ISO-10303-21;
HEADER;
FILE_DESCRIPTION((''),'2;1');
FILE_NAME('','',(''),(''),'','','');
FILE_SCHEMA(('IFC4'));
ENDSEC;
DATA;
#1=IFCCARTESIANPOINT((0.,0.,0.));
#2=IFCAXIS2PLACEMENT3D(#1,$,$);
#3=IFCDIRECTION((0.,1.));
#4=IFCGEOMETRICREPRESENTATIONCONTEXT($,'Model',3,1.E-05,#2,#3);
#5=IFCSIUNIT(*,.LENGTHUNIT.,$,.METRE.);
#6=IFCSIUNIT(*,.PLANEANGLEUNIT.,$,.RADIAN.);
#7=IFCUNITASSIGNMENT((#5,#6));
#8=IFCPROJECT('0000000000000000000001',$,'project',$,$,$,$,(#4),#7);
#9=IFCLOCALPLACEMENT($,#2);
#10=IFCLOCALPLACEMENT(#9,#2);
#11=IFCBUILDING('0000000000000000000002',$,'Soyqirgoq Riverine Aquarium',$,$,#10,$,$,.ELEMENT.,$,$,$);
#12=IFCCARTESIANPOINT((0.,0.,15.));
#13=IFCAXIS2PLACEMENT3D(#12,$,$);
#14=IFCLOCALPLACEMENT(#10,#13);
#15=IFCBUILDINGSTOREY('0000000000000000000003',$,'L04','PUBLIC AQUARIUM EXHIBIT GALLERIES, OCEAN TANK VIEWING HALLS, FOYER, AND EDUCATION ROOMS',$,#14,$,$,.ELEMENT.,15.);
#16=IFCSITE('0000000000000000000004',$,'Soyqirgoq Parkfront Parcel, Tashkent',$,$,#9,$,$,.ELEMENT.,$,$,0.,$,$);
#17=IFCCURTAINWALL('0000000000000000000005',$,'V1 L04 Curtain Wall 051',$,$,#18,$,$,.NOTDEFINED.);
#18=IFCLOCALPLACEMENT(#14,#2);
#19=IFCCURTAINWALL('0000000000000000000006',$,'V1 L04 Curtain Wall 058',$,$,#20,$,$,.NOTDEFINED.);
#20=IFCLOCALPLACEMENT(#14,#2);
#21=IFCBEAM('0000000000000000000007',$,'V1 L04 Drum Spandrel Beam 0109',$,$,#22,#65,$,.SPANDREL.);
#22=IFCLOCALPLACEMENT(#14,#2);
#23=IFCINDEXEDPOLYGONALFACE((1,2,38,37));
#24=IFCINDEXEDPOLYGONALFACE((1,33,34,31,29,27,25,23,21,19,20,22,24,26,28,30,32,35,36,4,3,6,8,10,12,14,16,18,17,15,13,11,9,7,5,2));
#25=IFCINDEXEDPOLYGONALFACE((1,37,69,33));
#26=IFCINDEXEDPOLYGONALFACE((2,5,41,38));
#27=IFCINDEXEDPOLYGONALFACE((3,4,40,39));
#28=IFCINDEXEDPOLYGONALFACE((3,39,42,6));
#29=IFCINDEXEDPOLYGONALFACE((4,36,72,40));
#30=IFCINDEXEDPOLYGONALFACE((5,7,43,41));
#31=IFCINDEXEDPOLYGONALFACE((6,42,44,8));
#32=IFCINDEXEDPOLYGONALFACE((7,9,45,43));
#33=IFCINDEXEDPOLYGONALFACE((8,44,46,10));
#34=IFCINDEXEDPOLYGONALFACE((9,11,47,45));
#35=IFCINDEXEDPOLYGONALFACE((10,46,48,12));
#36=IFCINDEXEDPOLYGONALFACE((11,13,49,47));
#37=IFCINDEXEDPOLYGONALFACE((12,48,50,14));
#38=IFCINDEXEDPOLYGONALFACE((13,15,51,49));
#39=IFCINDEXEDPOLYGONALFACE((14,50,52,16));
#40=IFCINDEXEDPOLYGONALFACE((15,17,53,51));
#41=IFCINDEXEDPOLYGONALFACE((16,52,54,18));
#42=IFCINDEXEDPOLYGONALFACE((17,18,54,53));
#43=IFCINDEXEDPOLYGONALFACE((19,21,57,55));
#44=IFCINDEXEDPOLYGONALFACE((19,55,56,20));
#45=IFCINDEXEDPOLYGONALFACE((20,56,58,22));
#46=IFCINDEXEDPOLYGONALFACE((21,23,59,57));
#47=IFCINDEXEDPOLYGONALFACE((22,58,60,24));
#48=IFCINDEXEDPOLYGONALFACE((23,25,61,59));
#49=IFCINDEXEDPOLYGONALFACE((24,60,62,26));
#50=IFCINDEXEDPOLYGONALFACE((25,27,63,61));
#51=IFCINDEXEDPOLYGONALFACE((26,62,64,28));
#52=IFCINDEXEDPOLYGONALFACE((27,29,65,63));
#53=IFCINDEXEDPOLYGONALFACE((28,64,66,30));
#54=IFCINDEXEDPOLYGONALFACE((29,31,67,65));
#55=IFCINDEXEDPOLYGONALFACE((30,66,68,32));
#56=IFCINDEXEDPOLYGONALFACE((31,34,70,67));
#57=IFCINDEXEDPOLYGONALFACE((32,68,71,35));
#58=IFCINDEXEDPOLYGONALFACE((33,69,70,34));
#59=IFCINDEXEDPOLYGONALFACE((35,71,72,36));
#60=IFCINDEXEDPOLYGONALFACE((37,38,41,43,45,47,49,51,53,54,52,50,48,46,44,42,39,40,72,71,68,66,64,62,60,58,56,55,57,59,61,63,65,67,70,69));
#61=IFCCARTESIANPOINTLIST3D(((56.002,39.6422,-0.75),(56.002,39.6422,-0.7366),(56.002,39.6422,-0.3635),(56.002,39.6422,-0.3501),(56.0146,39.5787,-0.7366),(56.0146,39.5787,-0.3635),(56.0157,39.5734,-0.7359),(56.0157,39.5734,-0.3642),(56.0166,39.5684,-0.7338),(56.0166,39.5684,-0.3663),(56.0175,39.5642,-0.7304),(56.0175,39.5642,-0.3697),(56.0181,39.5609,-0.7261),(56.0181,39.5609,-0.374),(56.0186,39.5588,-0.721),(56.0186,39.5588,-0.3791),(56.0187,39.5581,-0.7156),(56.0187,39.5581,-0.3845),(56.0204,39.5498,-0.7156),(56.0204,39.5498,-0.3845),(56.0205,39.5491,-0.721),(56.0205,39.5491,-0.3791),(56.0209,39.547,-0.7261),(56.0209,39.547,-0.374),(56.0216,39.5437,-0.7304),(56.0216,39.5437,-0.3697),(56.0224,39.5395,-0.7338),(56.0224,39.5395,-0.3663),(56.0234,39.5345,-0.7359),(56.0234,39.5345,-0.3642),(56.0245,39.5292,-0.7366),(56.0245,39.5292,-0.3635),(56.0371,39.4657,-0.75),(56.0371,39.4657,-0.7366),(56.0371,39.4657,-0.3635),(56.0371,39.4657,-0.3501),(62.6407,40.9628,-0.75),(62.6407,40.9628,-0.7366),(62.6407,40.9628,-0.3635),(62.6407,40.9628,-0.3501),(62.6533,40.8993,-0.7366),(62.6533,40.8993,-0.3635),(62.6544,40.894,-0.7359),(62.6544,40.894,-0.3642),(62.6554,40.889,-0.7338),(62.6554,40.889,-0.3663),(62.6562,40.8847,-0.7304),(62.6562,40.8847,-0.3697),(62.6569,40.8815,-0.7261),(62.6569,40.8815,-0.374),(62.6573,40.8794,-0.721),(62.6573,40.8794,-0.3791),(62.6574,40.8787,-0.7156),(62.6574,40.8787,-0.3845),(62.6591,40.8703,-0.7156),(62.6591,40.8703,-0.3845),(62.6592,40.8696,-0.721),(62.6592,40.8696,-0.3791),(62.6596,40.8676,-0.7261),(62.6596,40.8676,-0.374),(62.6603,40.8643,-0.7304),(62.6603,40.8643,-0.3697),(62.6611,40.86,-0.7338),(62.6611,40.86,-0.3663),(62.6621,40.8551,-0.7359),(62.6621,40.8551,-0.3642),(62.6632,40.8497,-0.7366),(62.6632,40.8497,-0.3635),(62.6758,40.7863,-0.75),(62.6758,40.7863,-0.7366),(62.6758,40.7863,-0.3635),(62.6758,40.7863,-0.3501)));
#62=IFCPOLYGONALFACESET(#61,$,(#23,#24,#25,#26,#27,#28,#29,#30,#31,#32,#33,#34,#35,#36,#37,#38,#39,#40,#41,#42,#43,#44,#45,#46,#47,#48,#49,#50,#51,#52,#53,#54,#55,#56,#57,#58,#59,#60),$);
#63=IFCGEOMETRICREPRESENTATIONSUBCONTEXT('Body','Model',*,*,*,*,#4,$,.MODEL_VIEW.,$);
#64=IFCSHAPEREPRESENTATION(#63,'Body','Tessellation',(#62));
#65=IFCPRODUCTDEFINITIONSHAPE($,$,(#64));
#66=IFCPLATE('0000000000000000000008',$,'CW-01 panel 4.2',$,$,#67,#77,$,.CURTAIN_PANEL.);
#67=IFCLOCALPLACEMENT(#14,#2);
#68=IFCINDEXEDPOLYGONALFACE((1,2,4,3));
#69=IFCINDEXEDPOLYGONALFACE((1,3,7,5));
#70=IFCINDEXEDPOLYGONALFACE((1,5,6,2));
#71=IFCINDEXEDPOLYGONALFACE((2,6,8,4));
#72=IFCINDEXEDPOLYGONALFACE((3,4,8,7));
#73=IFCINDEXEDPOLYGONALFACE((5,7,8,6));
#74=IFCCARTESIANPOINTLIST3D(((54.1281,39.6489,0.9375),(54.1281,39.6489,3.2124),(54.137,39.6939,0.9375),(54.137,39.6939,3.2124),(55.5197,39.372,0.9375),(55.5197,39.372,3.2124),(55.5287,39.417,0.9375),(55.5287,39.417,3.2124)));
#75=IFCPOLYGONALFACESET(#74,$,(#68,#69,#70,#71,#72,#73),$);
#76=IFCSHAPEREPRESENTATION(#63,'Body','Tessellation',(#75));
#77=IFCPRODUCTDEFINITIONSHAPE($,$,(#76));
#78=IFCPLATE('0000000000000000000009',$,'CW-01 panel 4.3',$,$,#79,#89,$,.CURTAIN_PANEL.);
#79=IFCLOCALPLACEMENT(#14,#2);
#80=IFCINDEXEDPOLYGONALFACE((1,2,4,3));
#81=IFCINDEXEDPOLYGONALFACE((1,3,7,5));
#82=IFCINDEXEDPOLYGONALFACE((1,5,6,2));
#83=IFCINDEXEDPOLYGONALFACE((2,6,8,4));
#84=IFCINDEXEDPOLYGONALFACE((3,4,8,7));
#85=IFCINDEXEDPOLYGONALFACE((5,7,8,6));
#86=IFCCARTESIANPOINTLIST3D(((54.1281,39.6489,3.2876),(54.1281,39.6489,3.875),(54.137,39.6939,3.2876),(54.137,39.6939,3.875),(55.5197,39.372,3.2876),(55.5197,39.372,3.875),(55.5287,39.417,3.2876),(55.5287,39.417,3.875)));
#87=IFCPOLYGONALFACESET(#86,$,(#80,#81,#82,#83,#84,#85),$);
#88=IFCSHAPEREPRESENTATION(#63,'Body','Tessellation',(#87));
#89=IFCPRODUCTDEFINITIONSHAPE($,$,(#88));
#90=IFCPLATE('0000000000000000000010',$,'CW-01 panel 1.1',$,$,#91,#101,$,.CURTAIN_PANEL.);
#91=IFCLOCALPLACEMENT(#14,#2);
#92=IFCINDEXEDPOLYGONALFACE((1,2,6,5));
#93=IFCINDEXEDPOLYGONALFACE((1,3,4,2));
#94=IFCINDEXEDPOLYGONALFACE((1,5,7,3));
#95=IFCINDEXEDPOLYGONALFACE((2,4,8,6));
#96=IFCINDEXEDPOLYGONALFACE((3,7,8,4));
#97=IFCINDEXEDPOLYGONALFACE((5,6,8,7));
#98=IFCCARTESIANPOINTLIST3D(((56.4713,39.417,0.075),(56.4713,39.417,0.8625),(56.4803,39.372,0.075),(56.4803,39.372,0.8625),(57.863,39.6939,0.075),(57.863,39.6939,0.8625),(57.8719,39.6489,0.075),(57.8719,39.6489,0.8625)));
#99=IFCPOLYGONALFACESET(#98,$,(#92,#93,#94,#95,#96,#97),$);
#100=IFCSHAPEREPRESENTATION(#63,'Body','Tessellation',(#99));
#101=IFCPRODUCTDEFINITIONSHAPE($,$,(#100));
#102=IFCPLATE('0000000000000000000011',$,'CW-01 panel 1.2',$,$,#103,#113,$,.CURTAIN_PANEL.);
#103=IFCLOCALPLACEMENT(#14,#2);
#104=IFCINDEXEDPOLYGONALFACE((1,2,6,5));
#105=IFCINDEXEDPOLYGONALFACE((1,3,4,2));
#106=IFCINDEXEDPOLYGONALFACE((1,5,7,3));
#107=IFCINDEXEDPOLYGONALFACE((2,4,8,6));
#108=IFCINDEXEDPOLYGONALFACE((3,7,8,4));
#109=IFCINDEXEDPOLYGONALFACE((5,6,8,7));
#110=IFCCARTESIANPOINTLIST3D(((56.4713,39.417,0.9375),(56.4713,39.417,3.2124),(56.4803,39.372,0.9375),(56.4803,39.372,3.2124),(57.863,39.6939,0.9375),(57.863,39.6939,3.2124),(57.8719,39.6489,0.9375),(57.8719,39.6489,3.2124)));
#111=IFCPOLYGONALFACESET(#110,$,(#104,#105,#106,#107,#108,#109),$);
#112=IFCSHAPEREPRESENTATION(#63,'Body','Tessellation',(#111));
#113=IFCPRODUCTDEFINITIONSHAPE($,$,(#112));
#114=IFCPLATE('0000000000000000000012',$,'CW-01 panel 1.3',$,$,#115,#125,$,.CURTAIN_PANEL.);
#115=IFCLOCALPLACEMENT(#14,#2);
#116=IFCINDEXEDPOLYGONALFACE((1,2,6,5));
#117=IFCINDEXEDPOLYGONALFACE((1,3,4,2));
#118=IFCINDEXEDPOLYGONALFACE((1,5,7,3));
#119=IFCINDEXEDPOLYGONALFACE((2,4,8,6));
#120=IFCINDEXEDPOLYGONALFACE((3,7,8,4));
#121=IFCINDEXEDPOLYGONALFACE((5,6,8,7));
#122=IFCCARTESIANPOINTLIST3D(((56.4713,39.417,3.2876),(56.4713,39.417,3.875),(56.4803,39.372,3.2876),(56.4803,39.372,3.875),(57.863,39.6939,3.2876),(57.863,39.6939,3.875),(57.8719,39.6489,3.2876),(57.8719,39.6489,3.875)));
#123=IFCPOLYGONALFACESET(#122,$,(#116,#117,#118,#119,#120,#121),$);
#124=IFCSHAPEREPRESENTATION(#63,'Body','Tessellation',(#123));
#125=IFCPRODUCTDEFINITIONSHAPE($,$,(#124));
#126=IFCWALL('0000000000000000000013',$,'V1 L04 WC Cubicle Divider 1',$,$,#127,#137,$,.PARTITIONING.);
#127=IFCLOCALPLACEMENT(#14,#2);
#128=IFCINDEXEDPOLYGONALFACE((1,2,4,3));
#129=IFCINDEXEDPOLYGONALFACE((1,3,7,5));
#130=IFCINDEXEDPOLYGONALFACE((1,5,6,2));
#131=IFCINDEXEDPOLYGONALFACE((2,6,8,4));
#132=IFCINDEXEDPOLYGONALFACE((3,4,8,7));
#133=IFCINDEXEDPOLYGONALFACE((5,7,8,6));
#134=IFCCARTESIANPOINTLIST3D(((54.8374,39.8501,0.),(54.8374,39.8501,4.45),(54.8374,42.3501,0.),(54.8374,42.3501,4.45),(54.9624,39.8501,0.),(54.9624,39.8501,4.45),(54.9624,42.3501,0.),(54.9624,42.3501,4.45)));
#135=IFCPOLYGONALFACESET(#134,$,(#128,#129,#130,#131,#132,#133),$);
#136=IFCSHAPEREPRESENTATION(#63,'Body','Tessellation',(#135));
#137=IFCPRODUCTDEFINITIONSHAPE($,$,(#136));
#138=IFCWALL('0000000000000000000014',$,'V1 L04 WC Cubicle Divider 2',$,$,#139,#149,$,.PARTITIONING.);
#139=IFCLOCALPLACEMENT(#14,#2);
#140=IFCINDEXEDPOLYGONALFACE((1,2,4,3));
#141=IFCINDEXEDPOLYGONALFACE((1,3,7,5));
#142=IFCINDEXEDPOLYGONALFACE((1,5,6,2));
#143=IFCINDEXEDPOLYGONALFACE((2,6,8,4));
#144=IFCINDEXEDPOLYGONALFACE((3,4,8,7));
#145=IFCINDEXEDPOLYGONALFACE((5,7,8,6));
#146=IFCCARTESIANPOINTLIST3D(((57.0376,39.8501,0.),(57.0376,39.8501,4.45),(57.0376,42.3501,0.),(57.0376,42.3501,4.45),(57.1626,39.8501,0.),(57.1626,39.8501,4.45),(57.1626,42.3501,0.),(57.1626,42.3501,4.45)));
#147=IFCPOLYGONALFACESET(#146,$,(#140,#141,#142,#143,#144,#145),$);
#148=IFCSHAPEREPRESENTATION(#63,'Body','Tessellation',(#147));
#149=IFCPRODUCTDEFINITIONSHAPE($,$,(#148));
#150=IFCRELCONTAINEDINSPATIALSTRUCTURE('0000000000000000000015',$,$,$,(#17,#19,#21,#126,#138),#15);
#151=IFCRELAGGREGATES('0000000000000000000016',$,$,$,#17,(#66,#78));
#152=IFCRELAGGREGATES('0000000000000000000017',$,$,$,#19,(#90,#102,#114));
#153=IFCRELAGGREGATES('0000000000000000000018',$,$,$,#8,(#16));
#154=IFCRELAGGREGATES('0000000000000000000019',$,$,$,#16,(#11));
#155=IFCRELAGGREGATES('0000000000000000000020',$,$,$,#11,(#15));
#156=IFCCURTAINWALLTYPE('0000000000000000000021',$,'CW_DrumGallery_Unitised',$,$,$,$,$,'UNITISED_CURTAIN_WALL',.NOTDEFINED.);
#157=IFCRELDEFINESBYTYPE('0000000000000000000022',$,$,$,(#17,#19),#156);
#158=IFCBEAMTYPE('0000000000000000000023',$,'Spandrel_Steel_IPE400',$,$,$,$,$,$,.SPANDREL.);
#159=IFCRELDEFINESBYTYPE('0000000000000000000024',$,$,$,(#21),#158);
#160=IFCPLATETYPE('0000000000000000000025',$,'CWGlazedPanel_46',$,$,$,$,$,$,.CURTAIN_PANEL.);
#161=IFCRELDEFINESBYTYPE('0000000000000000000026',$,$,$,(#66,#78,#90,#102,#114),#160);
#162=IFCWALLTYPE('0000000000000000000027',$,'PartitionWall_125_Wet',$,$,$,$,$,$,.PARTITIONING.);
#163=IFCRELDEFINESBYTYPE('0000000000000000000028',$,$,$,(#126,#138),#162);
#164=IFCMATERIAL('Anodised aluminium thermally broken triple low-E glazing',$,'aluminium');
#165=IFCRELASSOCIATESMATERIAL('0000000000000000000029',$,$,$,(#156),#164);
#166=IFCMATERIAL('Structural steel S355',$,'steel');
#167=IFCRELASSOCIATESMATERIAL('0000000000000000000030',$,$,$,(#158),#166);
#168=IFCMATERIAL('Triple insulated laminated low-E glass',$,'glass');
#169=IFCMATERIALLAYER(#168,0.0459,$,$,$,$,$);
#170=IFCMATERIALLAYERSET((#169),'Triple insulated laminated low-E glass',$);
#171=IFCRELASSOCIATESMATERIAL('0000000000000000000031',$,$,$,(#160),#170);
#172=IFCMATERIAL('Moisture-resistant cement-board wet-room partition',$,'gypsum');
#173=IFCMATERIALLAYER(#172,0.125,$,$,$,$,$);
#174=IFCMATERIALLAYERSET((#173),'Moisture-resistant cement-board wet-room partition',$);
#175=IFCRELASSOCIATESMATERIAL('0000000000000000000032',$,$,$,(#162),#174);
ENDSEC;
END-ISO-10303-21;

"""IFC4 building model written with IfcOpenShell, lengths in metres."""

from ifc_helpers import new_model, si_unit, direction, frame, frame_2d, origin, origin_2d, place, context, subcontext, project, spatial, rectangle, i_section, extrude, material, layer, layer_set, material_profile, profile_set, type_object, element, aggregate, save


model = new_model("IFC4")

# Units and contexts
model_context = context("Model", 3, precision=1e-05, world=origin(), true_north=direction((0.0, 1.0)))
body_context = subcontext(model_context, "Body", "Model", "MODEL_VIEW")
ifc_project = project(units=[si_unit("LENGTHUNIT", "METRE"), si_unit("PLANEANGLEUNIT", "RADIAN")], contexts=[model_context])

# Site, building, storey
site_placement = place(None, origin())
site = spatial("IfcSite", under=ifc_project, at=site_placement, Name="Soyqirgoq Parkfront Parcel, Tashkent", CompositionType="ELEMENT", RefElevation=0.0)
building_placement = place(site_placement, origin())
building = spatial("IfcBuilding", under=site, at=building_placement, Name="Soyqirgoq Riverine Aquarium", CompositionType="ELEMENT")
storey_placement = place(building_placement, frame((0.0, 0.0, 15.0)))
storey = spatial("IfcBuildingStorey", under=building, at=storey_placement, Name="L04", Description="PUBLIC AQUARIUM EXHIBIT GALLERIES, OCEAN TANK VIEWING HALLS, FOYER, AND EDUCATION ROOMS", CompositionType="ELEMENT", Elevation=15.0)

# Curtain wall
ifc_material_1 = material(Name="Anodised aluminium thermally broken triple low-E glazing", Category="aluminium")
curtain_wall_type = type_object("IfcCurtainWallType", Name="CW_DrumGallery_Unitised", ElementType="UNITISED_CURTAIN_WALL", PredefinedType="NOTDEFINED", material=ifc_material_1)
curtain_wall_1_placement = place(storey_placement, origin())
curtain_wall_1 = element("IfcCurtainWall", 1, at=curtain_wall_1_placement, inside=storey, type_object=curtain_wall_type, Name="V1 L04 Curtain Wall 051", PredefinedType="NOTDEFINED")

# Curtain wall
curtain_wall_2_placement = place(storey_placement, origin())
curtain_wall_2 = element("IfcCurtainWall", 2, at=curtain_wall_2_placement, inside=storey, type_object=curtain_wall_type, Name="V1 L04 Curtain Wall 058", PredefinedType="NOTDEFINED")

# Beam
ifc_material_2 = material(Name="Structural steel S355", Category="steel")
ifc_material_profile_1 = material_profile(ifc_material_2, i_section(OverallWidth=0.1799, OverallDepth=0.3999, WebThickness=0.0085, FlangeThickness=0.0134, FilletRadius=0.021, at=origin_2d()), Name="IPE 400")
ifc_profile_set_1 = profile_set([ifc_material_profile_1], Name="Structural steel S355")
beam_type = type_object("IfcBeamType", Name="Spandrel_Steel_IPE400", PredefinedType="SPANDREL", material=ifc_profile_set_1)
beam_placement = place(storey_placement, frame((56.0195, 39.554, -0.55), z_axis=(0.980784, 0.195096, 0.0), x_axis=(-0.195096, 0.980784, 0.0)))
element("IfcBeam", 3, at=beam_placement, inside=storey, type_object=beam_type, Name="V1 L04 Drum Spandrel Beam 0109", PredefinedType="SPANDREL", context=body_context, shape_type="SweptSolid", body=[
    extrude(i_section(OverallWidth=0.1799, OverallDepth=0.3999, WebThickness=0.0085, FlangeThickness=0.0134, FilletRadius=0.021, at=origin_2d()), origin(), (0.0, 0.0, 1.0), 6.7688),
])

# Plates
ifc_material_3 = material(Name="Triple insulated laminated low-E glass", Category="glass")
ifc_layer_1 = layer(ifc_material_3, 0.0459)
ifc_layer_set_1 = layer_set([ifc_layer_1], Name="Triple insulated laminated low-E glass")
plate_type = type_object("IfcPlateType", Name="CWGlazedPanel_46", PredefinedType="CURTAIN_PANEL", material=ifc_layer_set_1)
plate_1_placement = place(storey_placement, frame((54.8284, 39.533, 0.9375), z_axis=(0.0, 0.0, 1.0), x_axis=(0.980783, -0.195102, 0.0)))
plate_1 = element("IfcPlate", 4, at=plate_1_placement, type_object=plate_type, Name="CW-01 panel 4.2", PredefinedType="CURTAIN_PANEL", context=body_context, shape_type="SweptSolid", body=[
    extrude(rectangle(XDim=1.4189, YDim=0.0459, at=origin_2d()), origin(), (0.0, 0.0, 1.0), 2.2749),
])
plate_2_placement = place(storey_placement, frame((54.8284, 39.533, 3.2876), z_axis=(0.0, 0.0, 1.0), x_axis=(0.980783, -0.195102, 0.0)))
plate_2 = element("IfcPlate", 5, at=plate_2_placement, type_object=plate_type, Name="CW-01 panel 4.3", PredefinedType="CURTAIN_PANEL", context=body_context, shape_type="SweptSolid", body=[
    extrude(rectangle(XDim=1.4189, YDim=0.0459, at=origin_2d()), origin(), (0.0, 0.0, 1.0), 0.5874),
])
aggregate(curtain_wall_1, [plate_1, plate_2])
plate_3_placement = place(storey_placement, frame((57.1716, 39.533, 0.075), z_axis=(0.0, 0.0, 1.0), x_axis=(0.980783, 0.195102, 0.0)))
plate_3 = element("IfcPlate", 6, at=plate_3_placement, type_object=plate_type, Name="CW-01 panel 1.1", PredefinedType="CURTAIN_PANEL", context=body_context, shape_type="SweptSolid", body=[
    extrude(rectangle(XDim=1.4189, YDim=0.0459, at=origin_2d()), origin(), (0.0, 0.0, 1.0), 0.7876),
])
plate_4_placement = place(storey_placement, frame((57.1716, 39.533, 0.9375), z_axis=(0.0, 0.0, 1.0), x_axis=(0.980783, 0.195102, 0.0)))
plate_4 = element("IfcPlate", 7, at=plate_4_placement, type_object=plate_type, Name="CW-01 panel 1.2", PredefinedType="CURTAIN_PANEL", context=body_context, shape_type="SweptSolid", body=[
    extrude(rectangle(XDim=1.4189, YDim=0.0459, at=origin_2d()), origin(), (0.0, 0.0, 1.0), 2.2749),
])
plate_5_placement = place(storey_placement, frame((57.1716, 39.533, 3.2876), z_axis=(0.0, 0.0, 1.0), x_axis=(0.980783, 0.195102, 0.0)))
plate_5 = element("IfcPlate", 8, at=plate_5_placement, type_object=plate_type, Name="CW-01 panel 1.3", PredefinedType="CURTAIN_PANEL", context=body_context, shape_type="SweptSolid", body=[
    extrude(rectangle(XDim=1.4189, YDim=0.0459, at=origin_2d()), origin(), (0.0, 0.0, 1.0), 0.5874),
])
aggregate(curtain_wall_2, [plate_3, plate_4, plate_5])

# Walls
ifc_material_4 = material(Name="Moisture-resistant cement-board wet-room partition", Category="gypsum")
ifc_layer_2 = layer(ifc_material_4, 0.125)
ifc_layer_set_2 = layer_set([ifc_layer_2], Name="Moisture-resistant cement-board wet-room partition")
wall_type = type_object("IfcWallType", Name="PartitionWall_125_Wet", PredefinedType="PARTITIONING", material=ifc_layer_set_2)
for number, where, z_axis, x_axis, name in (
    (9, (54.8999, 39.8501, 0.0), (0.0, 0.0, 1.0), (0.0, 1.0, 0.0), "V1 L04 WC Cubicle Divider 1"),
    (10, (57.1001, 39.8501, 0.0), (0.0, 0.0, 1.0), (0.0, 1.0, 0.0), "V1 L04 WC Cubicle Divider 2"),
):
    element("IfcWall", number, at=place(storey_placement, frame(where, z_axis=z_axis, x_axis=x_axis)), inside=storey, type_object=wall_type, Name=name, PredefinedType="PARTITIONING", context=body_context, shape_type="SweptSolid", body=[
        extrude(rectangle(XDim=2.5, YDim=0.125, at=frame_2d((1.25, 0.0))), origin(), (0.0, 0.0, 1.0), 4.45),
    ])

save(model, "model.ifc")
